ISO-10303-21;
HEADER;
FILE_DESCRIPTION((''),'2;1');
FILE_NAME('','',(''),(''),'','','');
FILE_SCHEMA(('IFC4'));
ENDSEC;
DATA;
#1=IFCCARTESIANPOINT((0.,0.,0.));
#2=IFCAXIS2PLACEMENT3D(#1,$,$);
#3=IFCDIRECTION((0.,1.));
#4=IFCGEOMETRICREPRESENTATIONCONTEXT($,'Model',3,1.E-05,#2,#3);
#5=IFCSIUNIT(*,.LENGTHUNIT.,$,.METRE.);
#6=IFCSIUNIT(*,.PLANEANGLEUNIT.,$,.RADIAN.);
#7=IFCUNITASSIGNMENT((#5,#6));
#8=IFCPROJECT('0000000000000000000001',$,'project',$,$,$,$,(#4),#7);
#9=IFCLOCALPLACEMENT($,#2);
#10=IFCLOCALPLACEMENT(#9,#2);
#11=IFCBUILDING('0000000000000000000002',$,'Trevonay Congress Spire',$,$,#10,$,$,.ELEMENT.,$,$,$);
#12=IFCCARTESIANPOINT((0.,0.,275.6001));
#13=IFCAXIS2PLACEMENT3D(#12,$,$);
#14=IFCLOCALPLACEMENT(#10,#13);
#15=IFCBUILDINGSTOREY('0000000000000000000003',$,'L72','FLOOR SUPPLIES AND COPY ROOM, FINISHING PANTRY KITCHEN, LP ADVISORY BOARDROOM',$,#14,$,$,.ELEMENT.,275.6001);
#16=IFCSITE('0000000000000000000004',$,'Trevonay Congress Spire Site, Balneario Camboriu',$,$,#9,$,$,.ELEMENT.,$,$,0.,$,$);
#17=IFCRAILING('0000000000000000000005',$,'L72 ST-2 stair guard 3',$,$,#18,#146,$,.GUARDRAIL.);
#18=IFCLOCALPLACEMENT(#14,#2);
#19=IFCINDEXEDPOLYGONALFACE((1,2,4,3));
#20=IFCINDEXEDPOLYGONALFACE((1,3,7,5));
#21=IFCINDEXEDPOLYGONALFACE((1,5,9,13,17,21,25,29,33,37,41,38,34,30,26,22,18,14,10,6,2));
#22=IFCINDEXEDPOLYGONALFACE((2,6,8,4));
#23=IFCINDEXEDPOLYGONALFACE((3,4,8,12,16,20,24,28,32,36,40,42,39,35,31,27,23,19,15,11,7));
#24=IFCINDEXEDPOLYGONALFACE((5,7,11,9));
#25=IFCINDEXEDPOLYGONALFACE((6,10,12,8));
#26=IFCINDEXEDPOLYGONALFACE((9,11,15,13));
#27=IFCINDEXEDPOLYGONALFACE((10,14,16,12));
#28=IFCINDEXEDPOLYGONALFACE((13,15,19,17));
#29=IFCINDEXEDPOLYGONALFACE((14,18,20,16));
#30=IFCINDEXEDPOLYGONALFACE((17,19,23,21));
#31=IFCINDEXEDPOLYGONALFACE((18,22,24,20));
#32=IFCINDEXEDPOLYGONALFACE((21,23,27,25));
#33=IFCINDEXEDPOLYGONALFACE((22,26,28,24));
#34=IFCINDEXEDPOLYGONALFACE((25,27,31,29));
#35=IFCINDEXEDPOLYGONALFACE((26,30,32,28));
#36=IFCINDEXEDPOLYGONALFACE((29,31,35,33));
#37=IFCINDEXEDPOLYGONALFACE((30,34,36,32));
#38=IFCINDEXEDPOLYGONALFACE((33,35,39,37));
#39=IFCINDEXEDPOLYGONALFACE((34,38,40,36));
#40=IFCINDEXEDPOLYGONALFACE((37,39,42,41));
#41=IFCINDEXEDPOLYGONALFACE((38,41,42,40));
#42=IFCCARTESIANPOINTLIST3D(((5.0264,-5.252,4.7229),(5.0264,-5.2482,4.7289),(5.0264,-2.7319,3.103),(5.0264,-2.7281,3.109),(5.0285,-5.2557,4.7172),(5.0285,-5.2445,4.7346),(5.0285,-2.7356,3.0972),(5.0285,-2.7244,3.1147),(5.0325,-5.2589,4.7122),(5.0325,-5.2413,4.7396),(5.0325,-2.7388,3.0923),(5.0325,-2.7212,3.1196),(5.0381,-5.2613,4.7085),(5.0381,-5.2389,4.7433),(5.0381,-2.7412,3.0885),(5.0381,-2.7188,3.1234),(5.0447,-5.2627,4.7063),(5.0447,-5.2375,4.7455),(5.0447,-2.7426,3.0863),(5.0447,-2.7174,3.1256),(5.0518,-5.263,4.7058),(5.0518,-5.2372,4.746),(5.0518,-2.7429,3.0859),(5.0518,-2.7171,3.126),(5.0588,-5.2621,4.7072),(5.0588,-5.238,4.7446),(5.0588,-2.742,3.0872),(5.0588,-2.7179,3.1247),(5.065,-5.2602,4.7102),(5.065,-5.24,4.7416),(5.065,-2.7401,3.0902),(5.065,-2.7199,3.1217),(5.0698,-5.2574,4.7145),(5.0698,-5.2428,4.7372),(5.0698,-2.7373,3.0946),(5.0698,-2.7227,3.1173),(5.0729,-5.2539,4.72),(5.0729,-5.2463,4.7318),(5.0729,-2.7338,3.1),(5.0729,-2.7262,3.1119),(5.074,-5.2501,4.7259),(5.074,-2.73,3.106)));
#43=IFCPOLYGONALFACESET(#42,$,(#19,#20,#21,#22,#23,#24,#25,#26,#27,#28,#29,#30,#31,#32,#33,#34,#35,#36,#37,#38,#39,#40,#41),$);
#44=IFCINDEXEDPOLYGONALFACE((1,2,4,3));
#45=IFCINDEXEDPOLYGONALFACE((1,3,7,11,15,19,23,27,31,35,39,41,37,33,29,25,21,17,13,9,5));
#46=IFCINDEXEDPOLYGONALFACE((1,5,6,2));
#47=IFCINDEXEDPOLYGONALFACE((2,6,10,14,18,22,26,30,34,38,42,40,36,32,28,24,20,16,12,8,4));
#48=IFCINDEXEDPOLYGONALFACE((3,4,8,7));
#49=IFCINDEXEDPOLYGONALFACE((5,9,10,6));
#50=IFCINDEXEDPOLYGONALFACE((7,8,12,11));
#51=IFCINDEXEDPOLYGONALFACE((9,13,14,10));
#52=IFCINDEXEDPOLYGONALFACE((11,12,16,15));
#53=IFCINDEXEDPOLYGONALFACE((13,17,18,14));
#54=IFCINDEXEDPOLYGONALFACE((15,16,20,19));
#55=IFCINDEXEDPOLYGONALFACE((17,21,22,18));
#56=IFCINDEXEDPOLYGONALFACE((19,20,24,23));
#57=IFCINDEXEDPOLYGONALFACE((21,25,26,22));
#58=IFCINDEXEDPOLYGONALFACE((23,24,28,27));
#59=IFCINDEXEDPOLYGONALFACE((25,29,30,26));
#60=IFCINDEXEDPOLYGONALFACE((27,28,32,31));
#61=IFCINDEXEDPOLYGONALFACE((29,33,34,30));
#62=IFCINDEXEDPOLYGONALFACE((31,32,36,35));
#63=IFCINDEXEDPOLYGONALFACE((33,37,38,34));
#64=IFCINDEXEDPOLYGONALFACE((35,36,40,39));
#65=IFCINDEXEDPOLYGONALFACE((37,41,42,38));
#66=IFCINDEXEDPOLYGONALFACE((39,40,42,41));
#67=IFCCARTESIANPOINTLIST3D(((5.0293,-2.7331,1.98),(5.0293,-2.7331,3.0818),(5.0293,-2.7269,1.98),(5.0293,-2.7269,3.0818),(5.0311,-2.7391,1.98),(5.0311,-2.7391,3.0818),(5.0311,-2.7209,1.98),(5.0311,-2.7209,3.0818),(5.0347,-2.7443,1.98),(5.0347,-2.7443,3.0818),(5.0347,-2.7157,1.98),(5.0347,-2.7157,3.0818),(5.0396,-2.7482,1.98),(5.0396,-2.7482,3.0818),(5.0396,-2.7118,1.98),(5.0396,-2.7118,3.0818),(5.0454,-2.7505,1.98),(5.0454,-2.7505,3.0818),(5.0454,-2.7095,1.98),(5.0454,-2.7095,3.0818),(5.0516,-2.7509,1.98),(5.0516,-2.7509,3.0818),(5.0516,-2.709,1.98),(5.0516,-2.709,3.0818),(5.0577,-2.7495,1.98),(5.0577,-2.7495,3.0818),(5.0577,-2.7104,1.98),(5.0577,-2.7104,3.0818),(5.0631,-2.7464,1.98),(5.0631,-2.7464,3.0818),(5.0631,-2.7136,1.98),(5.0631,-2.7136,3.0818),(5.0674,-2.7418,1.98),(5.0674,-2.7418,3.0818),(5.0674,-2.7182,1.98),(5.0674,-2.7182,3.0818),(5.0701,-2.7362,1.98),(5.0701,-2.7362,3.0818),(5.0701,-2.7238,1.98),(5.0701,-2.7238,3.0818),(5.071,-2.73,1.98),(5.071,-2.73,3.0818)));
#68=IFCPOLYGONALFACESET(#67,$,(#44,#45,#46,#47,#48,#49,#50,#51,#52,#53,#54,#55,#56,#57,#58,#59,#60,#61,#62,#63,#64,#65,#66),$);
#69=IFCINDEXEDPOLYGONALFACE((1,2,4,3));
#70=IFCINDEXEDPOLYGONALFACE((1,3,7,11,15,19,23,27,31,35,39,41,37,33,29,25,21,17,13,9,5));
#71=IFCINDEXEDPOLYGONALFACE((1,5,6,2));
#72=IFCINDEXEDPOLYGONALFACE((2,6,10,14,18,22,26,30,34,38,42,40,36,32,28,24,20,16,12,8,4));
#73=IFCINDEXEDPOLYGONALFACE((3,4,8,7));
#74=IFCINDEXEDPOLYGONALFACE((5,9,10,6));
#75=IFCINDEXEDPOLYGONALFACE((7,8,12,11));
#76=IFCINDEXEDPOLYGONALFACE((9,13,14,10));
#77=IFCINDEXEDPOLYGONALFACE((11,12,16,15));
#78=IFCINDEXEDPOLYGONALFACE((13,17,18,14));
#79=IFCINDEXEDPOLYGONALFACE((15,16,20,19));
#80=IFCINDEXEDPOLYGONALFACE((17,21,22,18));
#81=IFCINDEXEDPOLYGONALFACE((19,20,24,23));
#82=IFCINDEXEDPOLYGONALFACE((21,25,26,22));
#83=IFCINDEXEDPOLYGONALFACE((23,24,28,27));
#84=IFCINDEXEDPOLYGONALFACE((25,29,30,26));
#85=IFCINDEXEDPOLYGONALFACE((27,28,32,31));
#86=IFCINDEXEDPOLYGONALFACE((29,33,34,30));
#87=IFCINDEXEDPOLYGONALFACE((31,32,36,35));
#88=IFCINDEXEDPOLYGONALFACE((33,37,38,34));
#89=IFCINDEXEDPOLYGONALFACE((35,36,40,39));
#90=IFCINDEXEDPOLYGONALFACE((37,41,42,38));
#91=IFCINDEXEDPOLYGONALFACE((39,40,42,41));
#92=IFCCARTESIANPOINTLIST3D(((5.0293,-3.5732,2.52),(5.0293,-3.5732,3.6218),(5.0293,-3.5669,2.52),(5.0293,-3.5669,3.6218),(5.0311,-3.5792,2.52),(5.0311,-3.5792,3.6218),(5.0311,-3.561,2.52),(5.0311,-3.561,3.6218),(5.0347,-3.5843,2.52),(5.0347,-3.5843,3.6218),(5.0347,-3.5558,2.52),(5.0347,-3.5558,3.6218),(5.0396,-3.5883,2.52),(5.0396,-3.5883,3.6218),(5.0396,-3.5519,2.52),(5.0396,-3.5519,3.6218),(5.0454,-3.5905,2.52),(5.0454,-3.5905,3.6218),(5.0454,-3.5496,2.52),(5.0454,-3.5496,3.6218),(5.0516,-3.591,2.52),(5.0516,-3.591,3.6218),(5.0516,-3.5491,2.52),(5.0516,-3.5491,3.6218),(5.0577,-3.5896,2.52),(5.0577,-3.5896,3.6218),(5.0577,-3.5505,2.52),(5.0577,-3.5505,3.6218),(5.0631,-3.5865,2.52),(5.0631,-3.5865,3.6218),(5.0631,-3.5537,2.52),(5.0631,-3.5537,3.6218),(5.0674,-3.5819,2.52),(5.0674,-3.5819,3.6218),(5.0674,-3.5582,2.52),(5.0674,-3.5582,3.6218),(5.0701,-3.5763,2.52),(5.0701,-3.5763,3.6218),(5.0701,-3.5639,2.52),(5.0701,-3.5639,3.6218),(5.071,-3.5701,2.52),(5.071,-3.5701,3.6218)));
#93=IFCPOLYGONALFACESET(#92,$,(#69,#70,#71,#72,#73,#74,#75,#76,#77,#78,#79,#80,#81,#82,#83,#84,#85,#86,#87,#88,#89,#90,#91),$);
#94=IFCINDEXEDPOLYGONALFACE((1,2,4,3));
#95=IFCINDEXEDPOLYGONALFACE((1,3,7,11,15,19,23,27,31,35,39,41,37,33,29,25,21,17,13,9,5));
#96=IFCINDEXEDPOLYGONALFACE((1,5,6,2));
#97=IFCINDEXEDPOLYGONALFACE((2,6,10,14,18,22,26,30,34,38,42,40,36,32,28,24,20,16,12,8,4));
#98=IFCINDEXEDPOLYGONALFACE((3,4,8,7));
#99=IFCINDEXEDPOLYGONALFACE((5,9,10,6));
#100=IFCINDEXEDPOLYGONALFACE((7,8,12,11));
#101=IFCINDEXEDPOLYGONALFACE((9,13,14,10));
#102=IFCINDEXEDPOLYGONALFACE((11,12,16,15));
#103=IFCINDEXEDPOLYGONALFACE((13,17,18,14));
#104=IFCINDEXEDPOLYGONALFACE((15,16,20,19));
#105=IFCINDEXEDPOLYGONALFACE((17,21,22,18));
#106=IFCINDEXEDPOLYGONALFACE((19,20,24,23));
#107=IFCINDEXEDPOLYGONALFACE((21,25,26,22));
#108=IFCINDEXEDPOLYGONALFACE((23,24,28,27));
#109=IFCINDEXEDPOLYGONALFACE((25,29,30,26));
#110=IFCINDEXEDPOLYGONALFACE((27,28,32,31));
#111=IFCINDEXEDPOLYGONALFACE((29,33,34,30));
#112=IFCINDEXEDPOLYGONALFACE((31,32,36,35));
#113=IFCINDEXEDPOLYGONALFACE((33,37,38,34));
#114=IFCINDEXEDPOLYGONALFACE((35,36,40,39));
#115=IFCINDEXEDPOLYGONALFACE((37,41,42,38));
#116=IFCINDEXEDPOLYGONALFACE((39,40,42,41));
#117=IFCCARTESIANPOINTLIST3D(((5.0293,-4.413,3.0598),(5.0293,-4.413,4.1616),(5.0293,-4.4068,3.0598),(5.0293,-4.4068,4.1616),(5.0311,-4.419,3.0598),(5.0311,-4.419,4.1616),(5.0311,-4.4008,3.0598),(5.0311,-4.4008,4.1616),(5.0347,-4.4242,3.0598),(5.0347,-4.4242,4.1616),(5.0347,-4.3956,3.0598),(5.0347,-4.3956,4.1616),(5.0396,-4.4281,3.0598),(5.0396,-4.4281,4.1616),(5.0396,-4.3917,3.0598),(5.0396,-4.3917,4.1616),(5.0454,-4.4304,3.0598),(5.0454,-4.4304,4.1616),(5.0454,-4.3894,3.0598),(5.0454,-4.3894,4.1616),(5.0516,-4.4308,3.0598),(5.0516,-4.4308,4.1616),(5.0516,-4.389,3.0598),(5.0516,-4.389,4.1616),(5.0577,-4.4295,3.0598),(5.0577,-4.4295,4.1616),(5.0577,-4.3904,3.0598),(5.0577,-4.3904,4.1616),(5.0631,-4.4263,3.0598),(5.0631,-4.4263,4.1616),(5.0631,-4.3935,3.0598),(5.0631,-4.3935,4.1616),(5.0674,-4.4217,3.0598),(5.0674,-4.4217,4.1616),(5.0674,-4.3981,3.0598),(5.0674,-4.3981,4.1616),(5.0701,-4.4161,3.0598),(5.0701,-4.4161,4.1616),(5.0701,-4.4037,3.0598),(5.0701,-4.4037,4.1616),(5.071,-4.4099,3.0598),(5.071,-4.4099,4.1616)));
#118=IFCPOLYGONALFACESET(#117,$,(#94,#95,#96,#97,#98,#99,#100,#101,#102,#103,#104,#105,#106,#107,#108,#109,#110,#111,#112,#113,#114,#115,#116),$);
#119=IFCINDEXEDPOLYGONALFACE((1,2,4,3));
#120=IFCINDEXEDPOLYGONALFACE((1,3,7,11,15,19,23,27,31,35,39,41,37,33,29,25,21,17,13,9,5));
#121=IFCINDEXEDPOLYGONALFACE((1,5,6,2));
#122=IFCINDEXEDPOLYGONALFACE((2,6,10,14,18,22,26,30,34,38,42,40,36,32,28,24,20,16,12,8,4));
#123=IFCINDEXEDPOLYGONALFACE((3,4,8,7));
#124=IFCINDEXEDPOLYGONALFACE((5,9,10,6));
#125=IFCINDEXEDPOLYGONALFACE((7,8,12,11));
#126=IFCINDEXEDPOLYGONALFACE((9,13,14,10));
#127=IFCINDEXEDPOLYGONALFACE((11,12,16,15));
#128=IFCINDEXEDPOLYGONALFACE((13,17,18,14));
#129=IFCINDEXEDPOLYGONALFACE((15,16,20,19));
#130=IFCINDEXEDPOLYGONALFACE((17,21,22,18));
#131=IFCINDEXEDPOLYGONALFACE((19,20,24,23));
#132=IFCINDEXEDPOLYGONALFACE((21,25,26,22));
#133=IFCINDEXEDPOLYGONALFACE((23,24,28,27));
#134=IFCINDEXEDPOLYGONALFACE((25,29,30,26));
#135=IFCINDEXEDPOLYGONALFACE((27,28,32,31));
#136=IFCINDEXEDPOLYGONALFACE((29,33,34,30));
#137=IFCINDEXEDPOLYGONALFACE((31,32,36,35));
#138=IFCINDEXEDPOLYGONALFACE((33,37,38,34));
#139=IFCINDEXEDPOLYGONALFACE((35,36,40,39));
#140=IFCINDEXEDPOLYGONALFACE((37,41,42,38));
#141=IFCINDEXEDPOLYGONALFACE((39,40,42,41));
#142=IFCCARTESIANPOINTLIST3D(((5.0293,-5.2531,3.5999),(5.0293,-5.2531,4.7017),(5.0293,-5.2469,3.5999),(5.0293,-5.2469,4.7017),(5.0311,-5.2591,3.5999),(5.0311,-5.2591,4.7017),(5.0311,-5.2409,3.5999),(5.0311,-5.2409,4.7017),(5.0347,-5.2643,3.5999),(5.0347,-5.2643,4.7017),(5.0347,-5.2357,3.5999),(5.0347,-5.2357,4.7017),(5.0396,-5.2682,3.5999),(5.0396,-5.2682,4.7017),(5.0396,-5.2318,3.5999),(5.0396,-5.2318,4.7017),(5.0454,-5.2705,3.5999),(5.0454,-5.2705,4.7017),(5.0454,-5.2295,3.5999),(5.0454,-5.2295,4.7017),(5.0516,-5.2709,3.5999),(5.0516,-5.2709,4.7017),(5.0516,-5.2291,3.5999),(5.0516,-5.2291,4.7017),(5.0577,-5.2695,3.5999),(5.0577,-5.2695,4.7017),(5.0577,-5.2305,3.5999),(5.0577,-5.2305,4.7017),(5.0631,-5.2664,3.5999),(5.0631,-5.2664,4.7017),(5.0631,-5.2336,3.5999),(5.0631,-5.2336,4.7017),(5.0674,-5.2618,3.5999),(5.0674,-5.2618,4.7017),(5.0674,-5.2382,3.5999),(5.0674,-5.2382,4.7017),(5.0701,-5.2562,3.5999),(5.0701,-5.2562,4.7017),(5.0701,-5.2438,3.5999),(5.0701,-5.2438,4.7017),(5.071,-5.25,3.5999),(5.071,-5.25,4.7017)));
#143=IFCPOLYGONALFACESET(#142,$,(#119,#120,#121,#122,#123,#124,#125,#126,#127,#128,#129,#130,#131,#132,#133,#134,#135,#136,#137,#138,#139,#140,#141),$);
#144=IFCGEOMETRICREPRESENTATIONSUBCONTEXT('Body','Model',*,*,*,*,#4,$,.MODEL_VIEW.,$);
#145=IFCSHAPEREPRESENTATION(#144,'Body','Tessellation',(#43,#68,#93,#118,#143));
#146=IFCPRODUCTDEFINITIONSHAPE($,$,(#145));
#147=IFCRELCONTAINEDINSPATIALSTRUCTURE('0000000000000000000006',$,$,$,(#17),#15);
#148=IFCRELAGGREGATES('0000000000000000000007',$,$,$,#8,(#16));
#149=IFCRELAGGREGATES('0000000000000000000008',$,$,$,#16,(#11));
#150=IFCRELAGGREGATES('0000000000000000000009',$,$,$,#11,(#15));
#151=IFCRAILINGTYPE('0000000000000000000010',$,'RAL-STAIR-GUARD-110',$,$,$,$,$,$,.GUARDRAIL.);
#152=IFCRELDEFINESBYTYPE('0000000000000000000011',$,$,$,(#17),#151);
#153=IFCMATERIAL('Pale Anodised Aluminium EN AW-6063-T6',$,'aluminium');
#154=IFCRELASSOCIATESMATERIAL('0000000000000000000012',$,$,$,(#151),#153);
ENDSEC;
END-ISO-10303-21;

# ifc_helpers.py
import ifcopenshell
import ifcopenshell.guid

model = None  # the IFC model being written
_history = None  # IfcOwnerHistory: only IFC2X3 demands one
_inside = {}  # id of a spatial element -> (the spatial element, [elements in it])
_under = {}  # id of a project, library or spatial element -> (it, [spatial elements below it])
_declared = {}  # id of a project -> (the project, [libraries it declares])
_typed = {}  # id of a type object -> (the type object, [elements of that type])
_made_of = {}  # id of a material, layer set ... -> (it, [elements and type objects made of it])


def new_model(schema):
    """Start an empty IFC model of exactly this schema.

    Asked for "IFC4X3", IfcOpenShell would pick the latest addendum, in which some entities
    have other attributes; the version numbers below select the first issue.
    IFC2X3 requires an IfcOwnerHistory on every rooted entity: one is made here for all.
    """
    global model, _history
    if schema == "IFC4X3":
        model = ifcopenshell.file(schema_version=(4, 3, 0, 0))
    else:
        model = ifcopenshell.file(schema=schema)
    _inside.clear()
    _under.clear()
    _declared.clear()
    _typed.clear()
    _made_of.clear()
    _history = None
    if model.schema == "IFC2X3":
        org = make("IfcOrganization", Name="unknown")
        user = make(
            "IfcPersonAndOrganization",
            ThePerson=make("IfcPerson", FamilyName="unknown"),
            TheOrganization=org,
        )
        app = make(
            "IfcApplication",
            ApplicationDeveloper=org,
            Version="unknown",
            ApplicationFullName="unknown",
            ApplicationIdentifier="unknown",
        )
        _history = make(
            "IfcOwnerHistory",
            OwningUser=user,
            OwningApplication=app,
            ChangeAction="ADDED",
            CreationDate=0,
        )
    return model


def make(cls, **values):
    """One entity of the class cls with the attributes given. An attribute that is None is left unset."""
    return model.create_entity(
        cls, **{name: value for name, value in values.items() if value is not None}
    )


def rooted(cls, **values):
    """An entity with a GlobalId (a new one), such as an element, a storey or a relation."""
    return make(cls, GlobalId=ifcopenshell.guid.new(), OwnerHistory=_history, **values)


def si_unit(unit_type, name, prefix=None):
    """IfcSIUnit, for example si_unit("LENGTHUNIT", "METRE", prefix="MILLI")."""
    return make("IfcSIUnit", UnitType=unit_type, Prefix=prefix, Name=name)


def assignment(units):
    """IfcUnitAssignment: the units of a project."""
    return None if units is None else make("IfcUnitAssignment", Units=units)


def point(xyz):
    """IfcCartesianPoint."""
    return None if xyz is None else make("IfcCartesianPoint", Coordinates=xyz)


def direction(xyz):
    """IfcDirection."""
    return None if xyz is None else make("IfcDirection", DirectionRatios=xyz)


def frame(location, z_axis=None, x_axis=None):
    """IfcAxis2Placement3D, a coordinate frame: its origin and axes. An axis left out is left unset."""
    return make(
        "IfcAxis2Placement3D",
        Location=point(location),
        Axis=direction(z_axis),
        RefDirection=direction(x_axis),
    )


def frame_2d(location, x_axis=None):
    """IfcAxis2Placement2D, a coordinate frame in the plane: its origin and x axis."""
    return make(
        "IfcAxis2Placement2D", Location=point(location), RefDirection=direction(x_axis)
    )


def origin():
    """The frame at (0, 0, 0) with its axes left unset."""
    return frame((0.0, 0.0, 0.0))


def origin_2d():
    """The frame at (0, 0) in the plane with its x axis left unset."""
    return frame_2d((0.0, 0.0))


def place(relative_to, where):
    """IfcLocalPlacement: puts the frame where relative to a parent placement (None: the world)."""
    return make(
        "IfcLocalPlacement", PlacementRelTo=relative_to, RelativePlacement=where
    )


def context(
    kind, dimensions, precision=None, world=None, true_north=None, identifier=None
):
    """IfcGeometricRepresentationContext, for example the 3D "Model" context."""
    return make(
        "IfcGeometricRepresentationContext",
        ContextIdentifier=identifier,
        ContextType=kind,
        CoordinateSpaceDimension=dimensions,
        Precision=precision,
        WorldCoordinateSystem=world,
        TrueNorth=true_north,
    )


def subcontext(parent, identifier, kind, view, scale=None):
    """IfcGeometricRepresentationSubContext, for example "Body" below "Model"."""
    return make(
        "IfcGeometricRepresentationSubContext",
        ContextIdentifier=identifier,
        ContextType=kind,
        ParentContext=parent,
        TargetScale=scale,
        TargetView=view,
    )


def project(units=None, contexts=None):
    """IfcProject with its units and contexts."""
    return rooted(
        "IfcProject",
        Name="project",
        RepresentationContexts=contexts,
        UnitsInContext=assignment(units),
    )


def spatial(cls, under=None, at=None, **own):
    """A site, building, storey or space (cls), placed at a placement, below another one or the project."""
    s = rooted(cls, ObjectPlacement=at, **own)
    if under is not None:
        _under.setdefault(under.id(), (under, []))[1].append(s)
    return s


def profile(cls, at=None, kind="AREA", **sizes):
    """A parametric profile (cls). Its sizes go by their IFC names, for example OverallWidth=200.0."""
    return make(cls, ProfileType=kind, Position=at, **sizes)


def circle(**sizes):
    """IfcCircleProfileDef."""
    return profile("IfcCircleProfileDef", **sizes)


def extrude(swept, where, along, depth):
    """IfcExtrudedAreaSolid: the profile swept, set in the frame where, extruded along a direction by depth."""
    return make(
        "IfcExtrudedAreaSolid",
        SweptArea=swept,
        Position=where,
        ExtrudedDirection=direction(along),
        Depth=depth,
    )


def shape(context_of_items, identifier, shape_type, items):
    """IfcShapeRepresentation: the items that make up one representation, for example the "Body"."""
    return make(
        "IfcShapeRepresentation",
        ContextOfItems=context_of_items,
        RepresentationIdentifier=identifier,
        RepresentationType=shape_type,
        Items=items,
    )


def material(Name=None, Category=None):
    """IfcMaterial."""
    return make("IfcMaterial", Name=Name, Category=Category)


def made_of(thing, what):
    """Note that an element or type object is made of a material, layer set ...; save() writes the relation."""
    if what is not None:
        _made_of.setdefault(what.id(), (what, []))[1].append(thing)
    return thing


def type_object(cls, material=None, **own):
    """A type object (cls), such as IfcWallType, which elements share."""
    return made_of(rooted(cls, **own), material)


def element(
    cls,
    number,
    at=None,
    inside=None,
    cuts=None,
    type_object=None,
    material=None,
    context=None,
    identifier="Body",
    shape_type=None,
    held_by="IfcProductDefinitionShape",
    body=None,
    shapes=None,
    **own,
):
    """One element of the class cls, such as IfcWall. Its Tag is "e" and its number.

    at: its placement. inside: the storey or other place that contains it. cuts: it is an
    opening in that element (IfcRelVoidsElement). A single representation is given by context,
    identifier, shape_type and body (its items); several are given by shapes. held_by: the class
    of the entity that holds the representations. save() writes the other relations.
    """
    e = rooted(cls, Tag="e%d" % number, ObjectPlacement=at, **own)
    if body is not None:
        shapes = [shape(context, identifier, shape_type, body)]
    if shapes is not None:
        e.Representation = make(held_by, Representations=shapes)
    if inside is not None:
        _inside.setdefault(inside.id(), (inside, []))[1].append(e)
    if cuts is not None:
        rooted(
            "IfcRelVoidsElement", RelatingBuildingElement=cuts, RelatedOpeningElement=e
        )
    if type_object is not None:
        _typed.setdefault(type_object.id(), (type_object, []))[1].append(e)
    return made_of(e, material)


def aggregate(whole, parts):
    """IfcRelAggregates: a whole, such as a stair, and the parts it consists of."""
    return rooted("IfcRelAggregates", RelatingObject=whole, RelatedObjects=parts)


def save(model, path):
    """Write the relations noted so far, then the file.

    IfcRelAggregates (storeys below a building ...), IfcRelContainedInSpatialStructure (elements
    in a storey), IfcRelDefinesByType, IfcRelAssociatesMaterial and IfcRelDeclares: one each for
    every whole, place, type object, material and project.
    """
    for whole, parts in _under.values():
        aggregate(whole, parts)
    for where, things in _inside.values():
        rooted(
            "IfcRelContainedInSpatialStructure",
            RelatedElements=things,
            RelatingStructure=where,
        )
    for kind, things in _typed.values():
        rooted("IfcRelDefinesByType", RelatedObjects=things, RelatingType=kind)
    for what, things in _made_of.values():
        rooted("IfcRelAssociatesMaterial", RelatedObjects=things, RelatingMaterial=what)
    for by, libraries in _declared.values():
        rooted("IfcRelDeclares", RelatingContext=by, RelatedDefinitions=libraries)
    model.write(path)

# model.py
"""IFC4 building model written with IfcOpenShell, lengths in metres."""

from ifc_helpers import new_model, si_unit, direction, frame, origin, origin_2d, place, context, subcontext, project, spatial, circle, extrude, material, type_object, element, save


model = new_model("IFC4")

# Units and contexts
model_context = context("Model", 3, precision=1e-05, world=origin(), true_north=direction((0.0, 1.0)))
body_context = subcontext(model_context, "Body", "Model", "MODEL_VIEW")
ifc_project = project(units=[si_unit("LENGTHUNIT", "METRE"), si_unit("PLANEANGLEUNIT", "RADIAN")], contexts=[model_context])

# Site, building, storey
site_placement = place(None, origin())
site = spatial("IfcSite", under=ifc_project, at=site_placement, Name="Trevonay Congress Spire Site, Balneario Camboriu", CompositionType="ELEMENT", RefElevation=0.0)
building_placement = place(site_placement, origin())
building = spatial("IfcBuilding", under=site, at=building_placement, Name="Trevonay Congress Spire", CompositionType="ELEMENT")
storey_placement = place(building_placement, frame((0.0, 0.0, 275.6001)))
storey = spatial("IfcBuildingStorey", under=building, at=storey_placement, Name="L72", Description="FLOOR SUPPLIES AND COPY ROOM, FINISHING PANTRY KITCHEN, LP ADVISORY BOARDROOM", CompositionType="ELEMENT", Elevation=275.6001)

# Railing
ifc_material_1 = material(Name="Pale Anodised Aluminium EN AW-6063-T6", Category="aluminium")
railing_type_1 = type_object("IfcRailingType", Name="RAL-STAIR-GUARD-110", PredefinedType="GUARDRAIL", material=ifc_material_1)
railing_1_placement = place(storey_placement, frame((5.05, -2.73, 1.98)))
element("IfcRailing", 1, at=railing_1_placement, inside=storey, type_object=railing_type_1, Name="L72 ST-2 stair guard 3", PredefinedType="GUARDRAIL", context=body_context, shape_type="SweptSolid", body=[
    extrude(circle(Radius=0.0239, at=origin_2d()), frame((0.0, 0.0, 1.126), z_axis=(0.0, -0.8412, 0.540725), x_axis=(1.0, 0.0, 0.0)), (0.0, 0.0, 1.0), 2.9958),
    extrude(circle(Radius=0.021, at=origin_2d()), origin(), (0.0, 0.0, 1.0), 1.1018),
    extrude(circle(Radius=0.021, at=origin_2d()), frame((0.0, -0.8401, 0.54)), (0.0, 0.0, 1.0), 1.1018),
    extrude(circle(Radius=0.021, at=origin_2d()), frame((0.0, -1.6799, 1.0798)), (0.0, 0.0, 1.0), 1.1018),
    extrude(circle(Radius=0.021, at=origin_2d()), frame((0.0, -2.52, 1.6199)), (0.0, 0.0, 1.0), 1.1018),
])

save(model, "model.ifc")
